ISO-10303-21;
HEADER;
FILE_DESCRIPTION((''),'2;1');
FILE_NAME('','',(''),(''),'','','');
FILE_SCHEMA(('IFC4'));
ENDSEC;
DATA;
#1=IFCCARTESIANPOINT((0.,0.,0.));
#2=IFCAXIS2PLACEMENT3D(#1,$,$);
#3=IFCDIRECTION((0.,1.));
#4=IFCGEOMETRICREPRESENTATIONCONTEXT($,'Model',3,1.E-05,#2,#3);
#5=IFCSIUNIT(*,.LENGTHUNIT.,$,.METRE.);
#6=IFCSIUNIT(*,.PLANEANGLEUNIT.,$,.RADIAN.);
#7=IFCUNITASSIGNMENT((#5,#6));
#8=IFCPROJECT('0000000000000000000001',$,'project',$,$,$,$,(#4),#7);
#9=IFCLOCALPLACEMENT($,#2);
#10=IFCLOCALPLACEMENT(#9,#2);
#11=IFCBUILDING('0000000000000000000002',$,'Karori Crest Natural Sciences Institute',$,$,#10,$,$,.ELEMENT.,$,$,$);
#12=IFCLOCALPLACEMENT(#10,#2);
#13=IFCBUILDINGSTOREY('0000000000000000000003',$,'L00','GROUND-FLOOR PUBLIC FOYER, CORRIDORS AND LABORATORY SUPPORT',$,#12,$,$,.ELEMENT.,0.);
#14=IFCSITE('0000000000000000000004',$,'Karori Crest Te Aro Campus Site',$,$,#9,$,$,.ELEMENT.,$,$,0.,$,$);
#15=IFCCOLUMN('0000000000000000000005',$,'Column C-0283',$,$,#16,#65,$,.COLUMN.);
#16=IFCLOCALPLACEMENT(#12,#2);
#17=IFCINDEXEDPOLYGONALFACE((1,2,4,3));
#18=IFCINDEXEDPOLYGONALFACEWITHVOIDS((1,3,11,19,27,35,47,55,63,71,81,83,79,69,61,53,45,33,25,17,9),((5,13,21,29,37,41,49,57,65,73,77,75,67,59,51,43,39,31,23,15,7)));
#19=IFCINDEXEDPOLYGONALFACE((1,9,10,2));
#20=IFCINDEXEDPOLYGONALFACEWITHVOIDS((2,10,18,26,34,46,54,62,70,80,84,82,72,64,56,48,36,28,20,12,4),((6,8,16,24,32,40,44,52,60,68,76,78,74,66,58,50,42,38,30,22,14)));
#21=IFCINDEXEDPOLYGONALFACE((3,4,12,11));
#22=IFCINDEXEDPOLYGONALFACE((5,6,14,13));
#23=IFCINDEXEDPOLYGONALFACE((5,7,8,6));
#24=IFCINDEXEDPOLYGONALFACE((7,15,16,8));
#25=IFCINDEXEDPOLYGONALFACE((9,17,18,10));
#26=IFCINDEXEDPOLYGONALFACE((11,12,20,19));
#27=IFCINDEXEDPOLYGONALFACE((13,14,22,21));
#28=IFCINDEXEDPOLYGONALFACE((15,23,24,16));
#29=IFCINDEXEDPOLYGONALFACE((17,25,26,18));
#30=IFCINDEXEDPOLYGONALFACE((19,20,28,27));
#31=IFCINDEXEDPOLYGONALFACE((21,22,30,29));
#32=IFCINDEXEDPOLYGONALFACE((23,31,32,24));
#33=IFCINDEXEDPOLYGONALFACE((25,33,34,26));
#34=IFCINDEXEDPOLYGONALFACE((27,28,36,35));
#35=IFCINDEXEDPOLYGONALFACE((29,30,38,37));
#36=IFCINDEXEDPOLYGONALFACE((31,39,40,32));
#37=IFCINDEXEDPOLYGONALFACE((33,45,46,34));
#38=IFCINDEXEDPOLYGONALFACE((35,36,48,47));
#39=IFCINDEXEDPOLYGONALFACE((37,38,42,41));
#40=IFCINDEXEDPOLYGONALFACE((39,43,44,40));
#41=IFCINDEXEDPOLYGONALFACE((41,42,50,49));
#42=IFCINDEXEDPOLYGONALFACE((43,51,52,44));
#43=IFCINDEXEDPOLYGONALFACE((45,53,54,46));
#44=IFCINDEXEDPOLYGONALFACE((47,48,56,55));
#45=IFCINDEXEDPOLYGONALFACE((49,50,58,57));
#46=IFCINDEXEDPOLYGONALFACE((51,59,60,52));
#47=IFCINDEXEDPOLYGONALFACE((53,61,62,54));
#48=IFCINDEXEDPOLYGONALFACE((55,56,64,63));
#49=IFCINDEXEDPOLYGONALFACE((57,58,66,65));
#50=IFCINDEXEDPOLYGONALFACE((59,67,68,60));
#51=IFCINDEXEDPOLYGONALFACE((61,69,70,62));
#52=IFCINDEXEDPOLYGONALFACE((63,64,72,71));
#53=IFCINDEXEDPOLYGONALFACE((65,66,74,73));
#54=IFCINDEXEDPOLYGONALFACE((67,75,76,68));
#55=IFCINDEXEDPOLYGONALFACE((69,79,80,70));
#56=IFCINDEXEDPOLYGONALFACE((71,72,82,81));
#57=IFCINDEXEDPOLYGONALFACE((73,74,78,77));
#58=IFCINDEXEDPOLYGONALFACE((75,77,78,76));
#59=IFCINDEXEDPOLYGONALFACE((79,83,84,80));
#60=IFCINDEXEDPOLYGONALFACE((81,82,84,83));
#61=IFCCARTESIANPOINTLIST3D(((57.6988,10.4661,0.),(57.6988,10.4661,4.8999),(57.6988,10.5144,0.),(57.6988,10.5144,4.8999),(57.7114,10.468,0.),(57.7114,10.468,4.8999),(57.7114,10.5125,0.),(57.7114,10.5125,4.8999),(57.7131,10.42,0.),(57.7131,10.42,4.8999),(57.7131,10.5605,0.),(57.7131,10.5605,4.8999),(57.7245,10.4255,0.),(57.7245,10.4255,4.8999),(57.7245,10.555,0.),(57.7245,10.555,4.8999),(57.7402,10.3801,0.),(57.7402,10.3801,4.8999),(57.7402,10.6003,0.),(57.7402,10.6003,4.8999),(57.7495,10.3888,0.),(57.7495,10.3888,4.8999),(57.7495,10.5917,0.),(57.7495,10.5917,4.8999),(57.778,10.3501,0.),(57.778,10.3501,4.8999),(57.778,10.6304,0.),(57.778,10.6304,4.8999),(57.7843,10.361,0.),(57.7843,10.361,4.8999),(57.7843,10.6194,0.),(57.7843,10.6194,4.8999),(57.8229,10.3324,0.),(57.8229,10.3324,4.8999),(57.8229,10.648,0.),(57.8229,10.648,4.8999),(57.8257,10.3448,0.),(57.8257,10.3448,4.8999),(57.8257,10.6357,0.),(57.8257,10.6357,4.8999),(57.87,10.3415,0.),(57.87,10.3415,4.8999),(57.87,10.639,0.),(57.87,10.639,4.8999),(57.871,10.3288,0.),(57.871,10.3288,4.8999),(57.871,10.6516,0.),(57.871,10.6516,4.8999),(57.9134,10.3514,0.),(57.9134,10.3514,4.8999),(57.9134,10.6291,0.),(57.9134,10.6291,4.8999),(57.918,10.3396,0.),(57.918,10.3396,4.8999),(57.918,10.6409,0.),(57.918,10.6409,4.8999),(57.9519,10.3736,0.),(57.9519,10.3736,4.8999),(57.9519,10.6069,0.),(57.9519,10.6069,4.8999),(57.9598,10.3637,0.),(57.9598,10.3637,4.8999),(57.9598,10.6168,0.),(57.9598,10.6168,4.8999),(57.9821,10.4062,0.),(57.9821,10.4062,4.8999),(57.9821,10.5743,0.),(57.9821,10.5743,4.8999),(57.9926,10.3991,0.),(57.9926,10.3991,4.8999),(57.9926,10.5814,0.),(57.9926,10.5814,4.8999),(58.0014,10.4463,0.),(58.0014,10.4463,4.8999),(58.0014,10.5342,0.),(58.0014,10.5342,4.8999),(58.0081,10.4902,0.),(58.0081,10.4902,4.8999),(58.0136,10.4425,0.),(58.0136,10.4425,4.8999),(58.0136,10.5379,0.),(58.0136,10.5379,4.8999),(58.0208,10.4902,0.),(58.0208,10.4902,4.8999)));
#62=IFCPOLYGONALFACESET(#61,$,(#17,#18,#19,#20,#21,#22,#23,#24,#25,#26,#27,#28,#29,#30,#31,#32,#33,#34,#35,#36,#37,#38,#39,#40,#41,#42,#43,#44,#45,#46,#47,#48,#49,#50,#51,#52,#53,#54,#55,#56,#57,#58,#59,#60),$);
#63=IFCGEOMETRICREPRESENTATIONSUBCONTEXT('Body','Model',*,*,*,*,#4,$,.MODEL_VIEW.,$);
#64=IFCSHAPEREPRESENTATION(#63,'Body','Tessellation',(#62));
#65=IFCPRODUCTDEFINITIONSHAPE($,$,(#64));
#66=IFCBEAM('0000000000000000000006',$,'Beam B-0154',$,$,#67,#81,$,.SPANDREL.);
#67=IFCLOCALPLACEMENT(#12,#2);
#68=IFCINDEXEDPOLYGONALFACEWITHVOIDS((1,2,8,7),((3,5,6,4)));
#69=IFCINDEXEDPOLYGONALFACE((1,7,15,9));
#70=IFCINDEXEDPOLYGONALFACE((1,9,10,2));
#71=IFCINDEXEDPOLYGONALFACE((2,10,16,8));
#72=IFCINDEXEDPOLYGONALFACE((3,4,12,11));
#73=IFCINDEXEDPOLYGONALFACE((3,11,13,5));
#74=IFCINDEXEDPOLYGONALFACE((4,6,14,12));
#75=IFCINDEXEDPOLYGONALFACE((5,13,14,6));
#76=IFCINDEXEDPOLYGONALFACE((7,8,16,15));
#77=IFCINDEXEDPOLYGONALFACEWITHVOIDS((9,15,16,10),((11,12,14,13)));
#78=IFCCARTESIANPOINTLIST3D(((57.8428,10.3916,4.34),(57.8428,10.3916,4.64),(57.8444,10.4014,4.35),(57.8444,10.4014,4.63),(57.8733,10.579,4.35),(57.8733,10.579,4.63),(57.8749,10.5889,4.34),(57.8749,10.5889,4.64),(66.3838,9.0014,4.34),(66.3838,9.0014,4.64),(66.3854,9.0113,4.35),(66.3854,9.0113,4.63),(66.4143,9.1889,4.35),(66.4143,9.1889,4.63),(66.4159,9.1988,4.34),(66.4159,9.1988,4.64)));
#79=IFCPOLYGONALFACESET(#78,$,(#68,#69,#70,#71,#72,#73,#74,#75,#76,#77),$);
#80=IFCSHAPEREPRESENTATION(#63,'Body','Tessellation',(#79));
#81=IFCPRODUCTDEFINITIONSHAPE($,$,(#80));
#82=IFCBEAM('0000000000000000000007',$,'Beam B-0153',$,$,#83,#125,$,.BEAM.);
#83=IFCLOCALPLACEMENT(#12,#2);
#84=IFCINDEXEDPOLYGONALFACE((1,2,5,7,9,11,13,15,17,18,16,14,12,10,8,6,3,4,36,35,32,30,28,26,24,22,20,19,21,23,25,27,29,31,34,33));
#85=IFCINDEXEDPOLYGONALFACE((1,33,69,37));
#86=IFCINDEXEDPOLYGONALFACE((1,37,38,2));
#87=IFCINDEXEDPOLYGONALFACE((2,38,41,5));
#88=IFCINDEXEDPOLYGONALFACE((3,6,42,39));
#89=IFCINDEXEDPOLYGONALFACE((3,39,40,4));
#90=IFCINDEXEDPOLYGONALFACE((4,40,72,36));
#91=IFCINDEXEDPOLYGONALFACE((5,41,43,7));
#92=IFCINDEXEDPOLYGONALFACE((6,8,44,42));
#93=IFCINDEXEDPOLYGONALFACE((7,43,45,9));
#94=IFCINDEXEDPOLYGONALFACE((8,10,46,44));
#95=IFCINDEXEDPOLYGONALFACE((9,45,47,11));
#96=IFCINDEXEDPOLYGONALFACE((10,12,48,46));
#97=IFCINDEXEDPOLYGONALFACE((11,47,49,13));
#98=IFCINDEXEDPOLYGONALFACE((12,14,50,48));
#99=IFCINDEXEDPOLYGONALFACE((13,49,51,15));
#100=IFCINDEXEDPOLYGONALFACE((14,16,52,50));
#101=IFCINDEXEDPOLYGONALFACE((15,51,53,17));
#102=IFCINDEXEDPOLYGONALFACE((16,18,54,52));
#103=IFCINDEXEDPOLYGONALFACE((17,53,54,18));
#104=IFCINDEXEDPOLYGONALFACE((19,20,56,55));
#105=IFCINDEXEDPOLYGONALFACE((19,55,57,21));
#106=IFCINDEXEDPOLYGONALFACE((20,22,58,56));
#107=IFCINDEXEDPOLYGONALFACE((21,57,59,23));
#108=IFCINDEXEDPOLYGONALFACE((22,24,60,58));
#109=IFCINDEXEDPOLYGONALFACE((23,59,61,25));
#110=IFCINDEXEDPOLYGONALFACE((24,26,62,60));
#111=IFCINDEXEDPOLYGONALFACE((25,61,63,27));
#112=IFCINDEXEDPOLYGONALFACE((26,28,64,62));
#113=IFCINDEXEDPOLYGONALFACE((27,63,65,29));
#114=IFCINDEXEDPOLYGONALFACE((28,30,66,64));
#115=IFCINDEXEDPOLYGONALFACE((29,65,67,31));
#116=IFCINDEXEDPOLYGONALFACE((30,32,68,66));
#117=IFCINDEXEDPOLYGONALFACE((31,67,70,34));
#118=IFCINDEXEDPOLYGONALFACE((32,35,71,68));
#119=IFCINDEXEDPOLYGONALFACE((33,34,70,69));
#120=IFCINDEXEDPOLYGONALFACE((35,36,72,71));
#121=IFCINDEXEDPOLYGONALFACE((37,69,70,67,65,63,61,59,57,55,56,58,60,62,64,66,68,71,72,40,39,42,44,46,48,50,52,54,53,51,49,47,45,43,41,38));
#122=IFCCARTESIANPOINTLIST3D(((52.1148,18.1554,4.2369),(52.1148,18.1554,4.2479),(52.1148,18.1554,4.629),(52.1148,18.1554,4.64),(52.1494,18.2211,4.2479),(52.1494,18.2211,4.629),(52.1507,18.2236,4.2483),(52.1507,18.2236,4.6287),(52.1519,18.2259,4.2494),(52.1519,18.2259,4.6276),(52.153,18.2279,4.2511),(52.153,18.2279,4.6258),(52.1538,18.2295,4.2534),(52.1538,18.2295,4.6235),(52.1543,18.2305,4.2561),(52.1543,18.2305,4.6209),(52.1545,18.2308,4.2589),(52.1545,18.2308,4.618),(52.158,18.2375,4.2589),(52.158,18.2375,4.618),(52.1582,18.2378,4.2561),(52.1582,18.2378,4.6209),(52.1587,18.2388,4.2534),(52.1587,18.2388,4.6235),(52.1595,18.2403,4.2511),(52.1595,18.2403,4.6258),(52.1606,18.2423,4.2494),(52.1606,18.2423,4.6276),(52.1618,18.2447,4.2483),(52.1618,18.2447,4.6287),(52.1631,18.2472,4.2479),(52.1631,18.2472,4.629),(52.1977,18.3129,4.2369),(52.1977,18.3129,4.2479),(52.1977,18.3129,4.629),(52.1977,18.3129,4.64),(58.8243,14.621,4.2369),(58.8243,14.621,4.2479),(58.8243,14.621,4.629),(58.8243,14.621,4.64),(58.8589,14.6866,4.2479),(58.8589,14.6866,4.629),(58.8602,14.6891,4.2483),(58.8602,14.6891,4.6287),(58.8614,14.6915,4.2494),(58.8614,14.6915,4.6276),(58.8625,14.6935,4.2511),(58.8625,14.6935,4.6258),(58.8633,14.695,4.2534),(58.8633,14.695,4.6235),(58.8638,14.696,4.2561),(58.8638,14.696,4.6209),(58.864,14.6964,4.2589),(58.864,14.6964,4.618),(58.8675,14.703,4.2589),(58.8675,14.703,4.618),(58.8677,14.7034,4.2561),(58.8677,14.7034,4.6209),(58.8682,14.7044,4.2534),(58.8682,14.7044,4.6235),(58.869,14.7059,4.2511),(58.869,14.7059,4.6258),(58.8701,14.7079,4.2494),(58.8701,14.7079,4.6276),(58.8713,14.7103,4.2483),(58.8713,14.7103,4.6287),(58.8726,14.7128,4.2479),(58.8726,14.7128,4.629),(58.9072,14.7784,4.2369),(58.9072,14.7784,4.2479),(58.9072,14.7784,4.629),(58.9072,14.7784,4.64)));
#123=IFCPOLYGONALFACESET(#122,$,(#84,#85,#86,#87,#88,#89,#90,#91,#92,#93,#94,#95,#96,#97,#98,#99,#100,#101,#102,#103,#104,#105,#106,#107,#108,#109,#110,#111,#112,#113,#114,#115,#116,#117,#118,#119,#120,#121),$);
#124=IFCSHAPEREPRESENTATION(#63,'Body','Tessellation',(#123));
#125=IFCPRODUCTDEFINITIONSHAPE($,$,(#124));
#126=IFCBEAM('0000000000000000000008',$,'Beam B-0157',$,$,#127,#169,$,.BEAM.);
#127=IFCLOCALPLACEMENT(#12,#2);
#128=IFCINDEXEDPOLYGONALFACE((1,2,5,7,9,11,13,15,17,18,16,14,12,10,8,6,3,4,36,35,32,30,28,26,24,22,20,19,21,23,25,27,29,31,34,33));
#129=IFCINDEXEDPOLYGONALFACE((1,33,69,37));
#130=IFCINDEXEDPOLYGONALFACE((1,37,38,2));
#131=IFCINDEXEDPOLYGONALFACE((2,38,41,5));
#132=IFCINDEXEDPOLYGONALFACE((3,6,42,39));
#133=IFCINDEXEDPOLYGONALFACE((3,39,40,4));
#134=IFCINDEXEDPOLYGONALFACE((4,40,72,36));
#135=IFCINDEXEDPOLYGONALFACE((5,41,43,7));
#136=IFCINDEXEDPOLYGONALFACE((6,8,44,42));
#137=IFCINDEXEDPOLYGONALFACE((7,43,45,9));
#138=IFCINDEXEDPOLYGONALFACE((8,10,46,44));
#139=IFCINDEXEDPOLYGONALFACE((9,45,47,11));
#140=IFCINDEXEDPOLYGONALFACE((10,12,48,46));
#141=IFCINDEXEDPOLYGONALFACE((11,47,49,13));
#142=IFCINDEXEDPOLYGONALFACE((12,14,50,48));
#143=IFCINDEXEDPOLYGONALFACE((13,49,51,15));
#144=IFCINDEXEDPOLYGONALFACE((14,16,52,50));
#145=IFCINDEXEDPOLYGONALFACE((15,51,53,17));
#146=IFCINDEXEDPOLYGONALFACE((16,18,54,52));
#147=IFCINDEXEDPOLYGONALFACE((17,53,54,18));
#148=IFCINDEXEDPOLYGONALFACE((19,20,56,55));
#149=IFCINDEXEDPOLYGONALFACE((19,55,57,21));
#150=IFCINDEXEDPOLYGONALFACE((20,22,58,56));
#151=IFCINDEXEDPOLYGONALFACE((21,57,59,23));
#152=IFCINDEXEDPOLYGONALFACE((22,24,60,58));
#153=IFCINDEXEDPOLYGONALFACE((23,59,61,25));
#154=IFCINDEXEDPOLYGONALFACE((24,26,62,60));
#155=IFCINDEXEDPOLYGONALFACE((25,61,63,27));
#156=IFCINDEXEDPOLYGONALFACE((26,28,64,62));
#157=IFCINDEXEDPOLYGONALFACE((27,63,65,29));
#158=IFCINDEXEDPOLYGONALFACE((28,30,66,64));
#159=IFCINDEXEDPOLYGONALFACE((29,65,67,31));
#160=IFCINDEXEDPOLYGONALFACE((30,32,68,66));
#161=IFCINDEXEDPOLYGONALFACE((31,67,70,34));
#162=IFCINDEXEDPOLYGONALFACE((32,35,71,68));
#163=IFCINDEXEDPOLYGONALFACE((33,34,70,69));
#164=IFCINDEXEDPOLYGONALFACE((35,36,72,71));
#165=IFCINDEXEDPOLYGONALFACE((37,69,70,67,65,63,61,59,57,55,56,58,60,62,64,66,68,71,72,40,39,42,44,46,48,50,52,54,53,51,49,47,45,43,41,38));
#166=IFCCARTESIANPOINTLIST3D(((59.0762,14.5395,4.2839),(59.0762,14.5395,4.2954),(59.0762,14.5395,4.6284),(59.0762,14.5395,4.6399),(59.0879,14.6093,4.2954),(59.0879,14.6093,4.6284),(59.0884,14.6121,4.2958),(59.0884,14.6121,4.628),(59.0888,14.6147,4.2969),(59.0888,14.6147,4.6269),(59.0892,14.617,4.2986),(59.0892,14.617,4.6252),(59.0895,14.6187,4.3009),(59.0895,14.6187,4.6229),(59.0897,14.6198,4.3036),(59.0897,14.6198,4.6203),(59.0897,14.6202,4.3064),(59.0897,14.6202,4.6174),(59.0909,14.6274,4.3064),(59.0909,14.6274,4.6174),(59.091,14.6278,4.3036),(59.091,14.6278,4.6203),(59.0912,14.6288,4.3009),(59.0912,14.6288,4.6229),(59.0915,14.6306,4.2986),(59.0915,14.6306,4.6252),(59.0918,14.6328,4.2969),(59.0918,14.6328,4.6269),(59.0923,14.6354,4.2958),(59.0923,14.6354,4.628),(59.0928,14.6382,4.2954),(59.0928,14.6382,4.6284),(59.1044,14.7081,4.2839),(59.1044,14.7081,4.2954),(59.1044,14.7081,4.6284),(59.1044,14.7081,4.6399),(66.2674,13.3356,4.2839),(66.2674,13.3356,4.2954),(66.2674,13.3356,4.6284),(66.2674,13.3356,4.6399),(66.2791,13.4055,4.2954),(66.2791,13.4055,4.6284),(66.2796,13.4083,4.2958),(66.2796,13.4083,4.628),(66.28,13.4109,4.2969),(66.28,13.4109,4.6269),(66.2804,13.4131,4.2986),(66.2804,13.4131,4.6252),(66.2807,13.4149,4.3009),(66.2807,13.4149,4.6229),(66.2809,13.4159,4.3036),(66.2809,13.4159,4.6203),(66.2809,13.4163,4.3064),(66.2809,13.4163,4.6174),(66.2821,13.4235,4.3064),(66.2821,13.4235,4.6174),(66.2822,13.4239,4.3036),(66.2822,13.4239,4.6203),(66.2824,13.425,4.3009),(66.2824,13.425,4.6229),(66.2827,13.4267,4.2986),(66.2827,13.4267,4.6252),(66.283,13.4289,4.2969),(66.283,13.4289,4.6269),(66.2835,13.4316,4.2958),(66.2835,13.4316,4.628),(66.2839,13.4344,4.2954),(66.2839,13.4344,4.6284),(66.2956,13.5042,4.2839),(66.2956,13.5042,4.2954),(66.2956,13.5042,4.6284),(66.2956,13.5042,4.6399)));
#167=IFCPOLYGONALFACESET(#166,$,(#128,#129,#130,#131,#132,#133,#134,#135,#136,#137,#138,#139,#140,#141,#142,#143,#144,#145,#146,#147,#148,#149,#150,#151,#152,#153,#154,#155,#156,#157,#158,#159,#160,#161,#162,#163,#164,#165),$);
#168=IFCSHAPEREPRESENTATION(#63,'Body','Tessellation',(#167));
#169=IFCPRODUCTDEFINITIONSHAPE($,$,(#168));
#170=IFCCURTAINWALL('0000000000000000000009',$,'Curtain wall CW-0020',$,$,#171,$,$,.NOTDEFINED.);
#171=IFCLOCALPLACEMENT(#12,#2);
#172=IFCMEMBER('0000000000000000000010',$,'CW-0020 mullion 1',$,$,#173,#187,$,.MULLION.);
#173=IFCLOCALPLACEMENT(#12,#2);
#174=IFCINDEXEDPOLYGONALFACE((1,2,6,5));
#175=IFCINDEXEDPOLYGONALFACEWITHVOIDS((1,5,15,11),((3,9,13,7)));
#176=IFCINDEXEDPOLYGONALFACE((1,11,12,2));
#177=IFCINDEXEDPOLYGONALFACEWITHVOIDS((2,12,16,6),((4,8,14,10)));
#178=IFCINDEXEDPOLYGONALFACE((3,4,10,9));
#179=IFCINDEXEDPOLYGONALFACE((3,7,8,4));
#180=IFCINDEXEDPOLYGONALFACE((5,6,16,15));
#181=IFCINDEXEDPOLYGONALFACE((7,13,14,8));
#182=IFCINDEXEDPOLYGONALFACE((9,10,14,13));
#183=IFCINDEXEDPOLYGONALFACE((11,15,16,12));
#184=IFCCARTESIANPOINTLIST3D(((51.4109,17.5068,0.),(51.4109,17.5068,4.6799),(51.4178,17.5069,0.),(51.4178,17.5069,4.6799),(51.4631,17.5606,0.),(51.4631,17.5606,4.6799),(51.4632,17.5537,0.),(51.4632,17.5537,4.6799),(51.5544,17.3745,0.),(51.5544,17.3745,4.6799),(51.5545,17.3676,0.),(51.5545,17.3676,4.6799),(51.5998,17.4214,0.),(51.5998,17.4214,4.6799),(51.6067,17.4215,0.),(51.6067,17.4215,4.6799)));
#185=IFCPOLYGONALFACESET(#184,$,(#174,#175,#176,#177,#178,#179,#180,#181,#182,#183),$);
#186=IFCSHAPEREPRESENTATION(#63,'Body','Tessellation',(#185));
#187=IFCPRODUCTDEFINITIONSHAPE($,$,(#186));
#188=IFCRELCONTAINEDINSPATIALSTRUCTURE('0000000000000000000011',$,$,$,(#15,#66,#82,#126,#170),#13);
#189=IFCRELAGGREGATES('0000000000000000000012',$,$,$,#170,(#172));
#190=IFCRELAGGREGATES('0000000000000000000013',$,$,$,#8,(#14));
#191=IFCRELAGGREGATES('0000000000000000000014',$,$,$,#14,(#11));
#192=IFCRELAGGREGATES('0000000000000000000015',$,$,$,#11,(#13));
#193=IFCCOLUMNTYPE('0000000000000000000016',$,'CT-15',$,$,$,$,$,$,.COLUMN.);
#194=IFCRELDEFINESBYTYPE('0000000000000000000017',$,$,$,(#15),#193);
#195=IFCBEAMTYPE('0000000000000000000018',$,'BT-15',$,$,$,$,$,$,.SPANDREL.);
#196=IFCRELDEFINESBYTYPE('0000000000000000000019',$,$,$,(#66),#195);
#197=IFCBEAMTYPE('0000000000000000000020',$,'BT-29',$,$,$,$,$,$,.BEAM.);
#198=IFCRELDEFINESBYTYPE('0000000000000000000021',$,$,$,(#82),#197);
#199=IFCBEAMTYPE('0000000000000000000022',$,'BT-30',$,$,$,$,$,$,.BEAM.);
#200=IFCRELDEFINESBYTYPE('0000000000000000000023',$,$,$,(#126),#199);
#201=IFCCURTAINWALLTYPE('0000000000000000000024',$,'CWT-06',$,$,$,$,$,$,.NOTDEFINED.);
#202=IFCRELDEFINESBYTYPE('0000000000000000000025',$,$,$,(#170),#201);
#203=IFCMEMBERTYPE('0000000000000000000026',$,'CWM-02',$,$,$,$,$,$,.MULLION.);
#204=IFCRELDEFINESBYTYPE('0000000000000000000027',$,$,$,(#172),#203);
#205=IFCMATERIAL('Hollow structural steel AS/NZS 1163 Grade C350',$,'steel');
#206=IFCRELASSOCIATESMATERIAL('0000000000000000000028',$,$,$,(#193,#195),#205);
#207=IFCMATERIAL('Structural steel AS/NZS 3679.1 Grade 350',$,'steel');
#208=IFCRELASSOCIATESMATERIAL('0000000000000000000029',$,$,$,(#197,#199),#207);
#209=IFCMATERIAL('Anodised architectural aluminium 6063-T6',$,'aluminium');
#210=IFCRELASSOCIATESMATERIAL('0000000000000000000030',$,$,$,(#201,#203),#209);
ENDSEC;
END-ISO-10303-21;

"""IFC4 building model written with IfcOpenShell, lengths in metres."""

from ifc_helpers import new_model, si_unit, direction, frame, origin, origin_2d, place, context, subcontext, project, spatial, hollow_rectangle, hollow_circle, i_section, extrude, material, material_profile, profile_set, type_object, element, aggregate, save


model = new_model("IFC4")

# Units and contexts
model_context = context("Model", 3, precision=1e-05, world=origin(), true_north=direction((0.0, 1.0)))
body_context = subcontext(model_context, "Body", "Model", "MODEL_VIEW")
ifc_project = project(units=[si_unit("LENGTHUNIT", "METRE"), si_unit("PLANEANGLEUNIT", "RADIAN")], contexts=[model_context])

# Site, building, storey
site_placement = place(None, origin())
site = spatial("IfcSite", under=ifc_project, at=site_placement, Name="Karori Crest Te Aro Campus Site", CompositionType="ELEMENT", RefElevation=0.0)
building_placement = place(site_placement, origin())
building = spatial("IfcBuilding", under=site, at=building_placement, Name="Karori Crest Natural Sciences Institute", CompositionType="ELEMENT")
storey_placement = place(building_placement, origin())
storey = spatial("IfcBuildingStorey", under=building, at=storey_placement, Name="L00", Description="GROUND-FLOOR PUBLIC FOYER, CORRIDORS AND LABORATORY SUPPORT", CompositionType="ELEMENT", Elevation=0.0)

# Column
ifc_material_1 = material(Name="Hollow structural steel AS/NZS 1163 Grade C350", Category="steel")
ifc_material_profile_1 = material_profile(ifc_material_1, hollow_circle(Radius=0.1619, WallThickness=0.0127, at=origin_2d()), Name="CHS323.9x12.7")
ifc_profile_set_1 = profile_set([ifc_material_profile_1], Name="Hollow structural steel AS/NZS 1163 Grade C350")
column_type = type_object("IfcColumnType", Name="CT-15", PredefinedType="COLUMN", material=ifc_profile_set_1)
column_placement = place(storey_placement, frame((57.8589, 10.4902, 0.0), z_axis=(0.0, 0.0, 1.0), x_axis=(1.0, 0.0, 0.0)))
element("IfcColumn", 1, at=column_placement, inside=storey, type_object=column_type, Name="Column C-0283", PredefinedType="COLUMN", context=body_context, shape_type="SweptSolid", body=[
    extrude(hollow_circle(Radius=0.1619, WallThickness=0.0127, at=origin_2d()), origin(), (0.0, 0.0, 1.0), 4.8999),
])

# Beams
ifc_material_profile_2 = material_profile(ifc_material_1, hollow_rectangle(XDim=0.2, YDim=0.3, WallThickness=0.01, at=origin_2d()), Name="RHS300x200x10")
ifc_profile_set_2 = profile_set([ifc_material_profile_2], Name="Hollow structural steel AS/NZS 1163 Grade C350")
beam_type_1 = type_object("IfcBeamType", Name="BT-15", PredefinedType="SPANDREL", material=ifc_profile_set_2)
beam_1_placement = place(storey_placement, frame((57.8589, 10.4902, 4.49), z_axis=(0.987012, -0.160646, 0.0), x_axis=(0.160646, 0.987012, 0.0)))
element("IfcBeam", 2, at=beam_1_placement, inside=storey, type_object=beam_type_1, Name="Beam B-0154", PredefinedType="SPANDREL", context=body_context, shape_type="SweptSolid", body=[
    extrude(hollow_rectangle(XDim=0.2, YDim=0.3, WallThickness=0.01, at=origin_2d()), origin(), (0.0, 0.0, 1.0), 8.6533),
])
ifc_material_2 = material(Name="Structural steel AS/NZS 3679.1 Grade 350", Category="steel")
ifc_material_profile_3 = material_profile(ifc_material_2, i_section(OverallWidth=0.178, OverallDepth=0.4031, WebThickness=0.0076, FlangeThickness=0.011, FilletRadius=0.011, at=origin_2d()), Name="410UB53.7")
ifc_profile_set_3 = profile_set([ifc_material_profile_3], Name="Structural steel AS/NZS 3679.1 Grade 350")
beam_type_2 = type_object("IfcBeamType", Name="BT-29", PredefinedType="BEAM", material=ifc_profile_set_3)
beam_2_placement = place(storey_placement, frame((52.1562, 18.2341, 4.4385), z_axis=(0.884748, -0.466069, 0.0), x_axis=(0.466069, 0.884748, 0.0)))
element("IfcBeam", 3, at=beam_2_placement, inside=storey, type_object=beam_type_2, Name="Beam B-0153", PredefinedType="BEAM", context=body_context, shape_type="SweptSolid", body=[
    extrude(i_section(OverallWidth=0.178, OverallDepth=0.4031, WebThickness=0.0076, FlangeThickness=0.011, FilletRadius=0.011, at=origin_2d()), origin(), (0.0, 0.0, 1.0), 7.5835),
])
ifc_material_profile_4 = material_profile(ifc_material_2, i_section(OverallWidth=0.1709, OverallDepth=0.356, WebThickness=0.0073, FlangeThickness=0.0115, FilletRadius=0.011, at=origin_2d()), Name="360UB50.7")
ifc_profile_set_4 = profile_set([ifc_material_profile_4], Name="Structural steel AS/NZS 3679.1 Grade 350")
beam_type_3 = type_object("IfcBeamType", Name="BT-30", PredefinedType="BEAM", material=ifc_profile_set_4)
beam_3_placement = place(storey_placement, frame((59.0903, 14.6238, 4.4619), z_axis=(0.986275, -0.16511, 0.0), x_axis=(0.16511, 0.986275, 0.0)))
element("IfcBeam", 4, at=beam_3_placement, inside=storey, type_object=beam_type_3, Name="Beam B-0157", PredefinedType="BEAM", context=body_context, shape_type="SweptSolid", body=[
    extrude(i_section(OverallWidth=0.1709, OverallDepth=0.356, WebThickness=0.0073, FlangeThickness=0.0115, FilletRadius=0.011, at=origin_2d()), origin(), (0.0, 0.0, 1.0), 7.2913),
])

# Curtain wall, member
ifc_material_3 = material(Name="Anodised architectural aluminium 6063-T6", Category="aluminium")
curtain_wall_type_1 = type_object("IfcCurtainWallType", Name="CWT-06", PredefinedType="NOTDEFINED", material=ifc_material_3)
curtain_wall_1_placement = place(storey_placement, origin())
curtain_wall_1 = element("IfcCurtainWall", 5, at=curtain_wall_1_placement, inside=storey, type_object=curtain_wall_type_1, Name="Curtain wall CW-0020", PredefinedType="NOTDEFINED")
ifc_material_profile_5 = material_profile(ifc_material_3, hollow_rectangle(XDim=0.075, YDim=0.2, WallThickness=0.0049, at=origin_2d()), Name="CWM200x75x5")
ifc_profile_set_5 = profile_set([ifc_material_profile_5], Name="Anodised architectural aluminium 6063-T6")
member_type_1 = type_object("IfcMemberType", Name="CWM-02", PredefinedType="MULLION", material=ifc_profile_set_5)
member_1_placement = place(storey_placement, frame((51.5088, 17.4641, 0.0), z_axis=(0.0, 0.0, 1.0), x_axis=(-0.695839, -0.718198, 0.0)))
member_1 = element("IfcMember", 6, at=member_1_placement, type_object=member_type_1, Name="CW-0020 mullion 1", PredefinedType="MULLION", context=body_context, shape_type="SweptSolid", body=[
    extrude(hollow_rectangle(XDim=0.075, YDim=0.2, WallThickness=0.0049, at=origin_2d()), origin(), (0.0, 0.0, 1.0), 4.6799),
])

aggregate(curtain_wall_1, [member_1])

save(model, "model.ifc")
